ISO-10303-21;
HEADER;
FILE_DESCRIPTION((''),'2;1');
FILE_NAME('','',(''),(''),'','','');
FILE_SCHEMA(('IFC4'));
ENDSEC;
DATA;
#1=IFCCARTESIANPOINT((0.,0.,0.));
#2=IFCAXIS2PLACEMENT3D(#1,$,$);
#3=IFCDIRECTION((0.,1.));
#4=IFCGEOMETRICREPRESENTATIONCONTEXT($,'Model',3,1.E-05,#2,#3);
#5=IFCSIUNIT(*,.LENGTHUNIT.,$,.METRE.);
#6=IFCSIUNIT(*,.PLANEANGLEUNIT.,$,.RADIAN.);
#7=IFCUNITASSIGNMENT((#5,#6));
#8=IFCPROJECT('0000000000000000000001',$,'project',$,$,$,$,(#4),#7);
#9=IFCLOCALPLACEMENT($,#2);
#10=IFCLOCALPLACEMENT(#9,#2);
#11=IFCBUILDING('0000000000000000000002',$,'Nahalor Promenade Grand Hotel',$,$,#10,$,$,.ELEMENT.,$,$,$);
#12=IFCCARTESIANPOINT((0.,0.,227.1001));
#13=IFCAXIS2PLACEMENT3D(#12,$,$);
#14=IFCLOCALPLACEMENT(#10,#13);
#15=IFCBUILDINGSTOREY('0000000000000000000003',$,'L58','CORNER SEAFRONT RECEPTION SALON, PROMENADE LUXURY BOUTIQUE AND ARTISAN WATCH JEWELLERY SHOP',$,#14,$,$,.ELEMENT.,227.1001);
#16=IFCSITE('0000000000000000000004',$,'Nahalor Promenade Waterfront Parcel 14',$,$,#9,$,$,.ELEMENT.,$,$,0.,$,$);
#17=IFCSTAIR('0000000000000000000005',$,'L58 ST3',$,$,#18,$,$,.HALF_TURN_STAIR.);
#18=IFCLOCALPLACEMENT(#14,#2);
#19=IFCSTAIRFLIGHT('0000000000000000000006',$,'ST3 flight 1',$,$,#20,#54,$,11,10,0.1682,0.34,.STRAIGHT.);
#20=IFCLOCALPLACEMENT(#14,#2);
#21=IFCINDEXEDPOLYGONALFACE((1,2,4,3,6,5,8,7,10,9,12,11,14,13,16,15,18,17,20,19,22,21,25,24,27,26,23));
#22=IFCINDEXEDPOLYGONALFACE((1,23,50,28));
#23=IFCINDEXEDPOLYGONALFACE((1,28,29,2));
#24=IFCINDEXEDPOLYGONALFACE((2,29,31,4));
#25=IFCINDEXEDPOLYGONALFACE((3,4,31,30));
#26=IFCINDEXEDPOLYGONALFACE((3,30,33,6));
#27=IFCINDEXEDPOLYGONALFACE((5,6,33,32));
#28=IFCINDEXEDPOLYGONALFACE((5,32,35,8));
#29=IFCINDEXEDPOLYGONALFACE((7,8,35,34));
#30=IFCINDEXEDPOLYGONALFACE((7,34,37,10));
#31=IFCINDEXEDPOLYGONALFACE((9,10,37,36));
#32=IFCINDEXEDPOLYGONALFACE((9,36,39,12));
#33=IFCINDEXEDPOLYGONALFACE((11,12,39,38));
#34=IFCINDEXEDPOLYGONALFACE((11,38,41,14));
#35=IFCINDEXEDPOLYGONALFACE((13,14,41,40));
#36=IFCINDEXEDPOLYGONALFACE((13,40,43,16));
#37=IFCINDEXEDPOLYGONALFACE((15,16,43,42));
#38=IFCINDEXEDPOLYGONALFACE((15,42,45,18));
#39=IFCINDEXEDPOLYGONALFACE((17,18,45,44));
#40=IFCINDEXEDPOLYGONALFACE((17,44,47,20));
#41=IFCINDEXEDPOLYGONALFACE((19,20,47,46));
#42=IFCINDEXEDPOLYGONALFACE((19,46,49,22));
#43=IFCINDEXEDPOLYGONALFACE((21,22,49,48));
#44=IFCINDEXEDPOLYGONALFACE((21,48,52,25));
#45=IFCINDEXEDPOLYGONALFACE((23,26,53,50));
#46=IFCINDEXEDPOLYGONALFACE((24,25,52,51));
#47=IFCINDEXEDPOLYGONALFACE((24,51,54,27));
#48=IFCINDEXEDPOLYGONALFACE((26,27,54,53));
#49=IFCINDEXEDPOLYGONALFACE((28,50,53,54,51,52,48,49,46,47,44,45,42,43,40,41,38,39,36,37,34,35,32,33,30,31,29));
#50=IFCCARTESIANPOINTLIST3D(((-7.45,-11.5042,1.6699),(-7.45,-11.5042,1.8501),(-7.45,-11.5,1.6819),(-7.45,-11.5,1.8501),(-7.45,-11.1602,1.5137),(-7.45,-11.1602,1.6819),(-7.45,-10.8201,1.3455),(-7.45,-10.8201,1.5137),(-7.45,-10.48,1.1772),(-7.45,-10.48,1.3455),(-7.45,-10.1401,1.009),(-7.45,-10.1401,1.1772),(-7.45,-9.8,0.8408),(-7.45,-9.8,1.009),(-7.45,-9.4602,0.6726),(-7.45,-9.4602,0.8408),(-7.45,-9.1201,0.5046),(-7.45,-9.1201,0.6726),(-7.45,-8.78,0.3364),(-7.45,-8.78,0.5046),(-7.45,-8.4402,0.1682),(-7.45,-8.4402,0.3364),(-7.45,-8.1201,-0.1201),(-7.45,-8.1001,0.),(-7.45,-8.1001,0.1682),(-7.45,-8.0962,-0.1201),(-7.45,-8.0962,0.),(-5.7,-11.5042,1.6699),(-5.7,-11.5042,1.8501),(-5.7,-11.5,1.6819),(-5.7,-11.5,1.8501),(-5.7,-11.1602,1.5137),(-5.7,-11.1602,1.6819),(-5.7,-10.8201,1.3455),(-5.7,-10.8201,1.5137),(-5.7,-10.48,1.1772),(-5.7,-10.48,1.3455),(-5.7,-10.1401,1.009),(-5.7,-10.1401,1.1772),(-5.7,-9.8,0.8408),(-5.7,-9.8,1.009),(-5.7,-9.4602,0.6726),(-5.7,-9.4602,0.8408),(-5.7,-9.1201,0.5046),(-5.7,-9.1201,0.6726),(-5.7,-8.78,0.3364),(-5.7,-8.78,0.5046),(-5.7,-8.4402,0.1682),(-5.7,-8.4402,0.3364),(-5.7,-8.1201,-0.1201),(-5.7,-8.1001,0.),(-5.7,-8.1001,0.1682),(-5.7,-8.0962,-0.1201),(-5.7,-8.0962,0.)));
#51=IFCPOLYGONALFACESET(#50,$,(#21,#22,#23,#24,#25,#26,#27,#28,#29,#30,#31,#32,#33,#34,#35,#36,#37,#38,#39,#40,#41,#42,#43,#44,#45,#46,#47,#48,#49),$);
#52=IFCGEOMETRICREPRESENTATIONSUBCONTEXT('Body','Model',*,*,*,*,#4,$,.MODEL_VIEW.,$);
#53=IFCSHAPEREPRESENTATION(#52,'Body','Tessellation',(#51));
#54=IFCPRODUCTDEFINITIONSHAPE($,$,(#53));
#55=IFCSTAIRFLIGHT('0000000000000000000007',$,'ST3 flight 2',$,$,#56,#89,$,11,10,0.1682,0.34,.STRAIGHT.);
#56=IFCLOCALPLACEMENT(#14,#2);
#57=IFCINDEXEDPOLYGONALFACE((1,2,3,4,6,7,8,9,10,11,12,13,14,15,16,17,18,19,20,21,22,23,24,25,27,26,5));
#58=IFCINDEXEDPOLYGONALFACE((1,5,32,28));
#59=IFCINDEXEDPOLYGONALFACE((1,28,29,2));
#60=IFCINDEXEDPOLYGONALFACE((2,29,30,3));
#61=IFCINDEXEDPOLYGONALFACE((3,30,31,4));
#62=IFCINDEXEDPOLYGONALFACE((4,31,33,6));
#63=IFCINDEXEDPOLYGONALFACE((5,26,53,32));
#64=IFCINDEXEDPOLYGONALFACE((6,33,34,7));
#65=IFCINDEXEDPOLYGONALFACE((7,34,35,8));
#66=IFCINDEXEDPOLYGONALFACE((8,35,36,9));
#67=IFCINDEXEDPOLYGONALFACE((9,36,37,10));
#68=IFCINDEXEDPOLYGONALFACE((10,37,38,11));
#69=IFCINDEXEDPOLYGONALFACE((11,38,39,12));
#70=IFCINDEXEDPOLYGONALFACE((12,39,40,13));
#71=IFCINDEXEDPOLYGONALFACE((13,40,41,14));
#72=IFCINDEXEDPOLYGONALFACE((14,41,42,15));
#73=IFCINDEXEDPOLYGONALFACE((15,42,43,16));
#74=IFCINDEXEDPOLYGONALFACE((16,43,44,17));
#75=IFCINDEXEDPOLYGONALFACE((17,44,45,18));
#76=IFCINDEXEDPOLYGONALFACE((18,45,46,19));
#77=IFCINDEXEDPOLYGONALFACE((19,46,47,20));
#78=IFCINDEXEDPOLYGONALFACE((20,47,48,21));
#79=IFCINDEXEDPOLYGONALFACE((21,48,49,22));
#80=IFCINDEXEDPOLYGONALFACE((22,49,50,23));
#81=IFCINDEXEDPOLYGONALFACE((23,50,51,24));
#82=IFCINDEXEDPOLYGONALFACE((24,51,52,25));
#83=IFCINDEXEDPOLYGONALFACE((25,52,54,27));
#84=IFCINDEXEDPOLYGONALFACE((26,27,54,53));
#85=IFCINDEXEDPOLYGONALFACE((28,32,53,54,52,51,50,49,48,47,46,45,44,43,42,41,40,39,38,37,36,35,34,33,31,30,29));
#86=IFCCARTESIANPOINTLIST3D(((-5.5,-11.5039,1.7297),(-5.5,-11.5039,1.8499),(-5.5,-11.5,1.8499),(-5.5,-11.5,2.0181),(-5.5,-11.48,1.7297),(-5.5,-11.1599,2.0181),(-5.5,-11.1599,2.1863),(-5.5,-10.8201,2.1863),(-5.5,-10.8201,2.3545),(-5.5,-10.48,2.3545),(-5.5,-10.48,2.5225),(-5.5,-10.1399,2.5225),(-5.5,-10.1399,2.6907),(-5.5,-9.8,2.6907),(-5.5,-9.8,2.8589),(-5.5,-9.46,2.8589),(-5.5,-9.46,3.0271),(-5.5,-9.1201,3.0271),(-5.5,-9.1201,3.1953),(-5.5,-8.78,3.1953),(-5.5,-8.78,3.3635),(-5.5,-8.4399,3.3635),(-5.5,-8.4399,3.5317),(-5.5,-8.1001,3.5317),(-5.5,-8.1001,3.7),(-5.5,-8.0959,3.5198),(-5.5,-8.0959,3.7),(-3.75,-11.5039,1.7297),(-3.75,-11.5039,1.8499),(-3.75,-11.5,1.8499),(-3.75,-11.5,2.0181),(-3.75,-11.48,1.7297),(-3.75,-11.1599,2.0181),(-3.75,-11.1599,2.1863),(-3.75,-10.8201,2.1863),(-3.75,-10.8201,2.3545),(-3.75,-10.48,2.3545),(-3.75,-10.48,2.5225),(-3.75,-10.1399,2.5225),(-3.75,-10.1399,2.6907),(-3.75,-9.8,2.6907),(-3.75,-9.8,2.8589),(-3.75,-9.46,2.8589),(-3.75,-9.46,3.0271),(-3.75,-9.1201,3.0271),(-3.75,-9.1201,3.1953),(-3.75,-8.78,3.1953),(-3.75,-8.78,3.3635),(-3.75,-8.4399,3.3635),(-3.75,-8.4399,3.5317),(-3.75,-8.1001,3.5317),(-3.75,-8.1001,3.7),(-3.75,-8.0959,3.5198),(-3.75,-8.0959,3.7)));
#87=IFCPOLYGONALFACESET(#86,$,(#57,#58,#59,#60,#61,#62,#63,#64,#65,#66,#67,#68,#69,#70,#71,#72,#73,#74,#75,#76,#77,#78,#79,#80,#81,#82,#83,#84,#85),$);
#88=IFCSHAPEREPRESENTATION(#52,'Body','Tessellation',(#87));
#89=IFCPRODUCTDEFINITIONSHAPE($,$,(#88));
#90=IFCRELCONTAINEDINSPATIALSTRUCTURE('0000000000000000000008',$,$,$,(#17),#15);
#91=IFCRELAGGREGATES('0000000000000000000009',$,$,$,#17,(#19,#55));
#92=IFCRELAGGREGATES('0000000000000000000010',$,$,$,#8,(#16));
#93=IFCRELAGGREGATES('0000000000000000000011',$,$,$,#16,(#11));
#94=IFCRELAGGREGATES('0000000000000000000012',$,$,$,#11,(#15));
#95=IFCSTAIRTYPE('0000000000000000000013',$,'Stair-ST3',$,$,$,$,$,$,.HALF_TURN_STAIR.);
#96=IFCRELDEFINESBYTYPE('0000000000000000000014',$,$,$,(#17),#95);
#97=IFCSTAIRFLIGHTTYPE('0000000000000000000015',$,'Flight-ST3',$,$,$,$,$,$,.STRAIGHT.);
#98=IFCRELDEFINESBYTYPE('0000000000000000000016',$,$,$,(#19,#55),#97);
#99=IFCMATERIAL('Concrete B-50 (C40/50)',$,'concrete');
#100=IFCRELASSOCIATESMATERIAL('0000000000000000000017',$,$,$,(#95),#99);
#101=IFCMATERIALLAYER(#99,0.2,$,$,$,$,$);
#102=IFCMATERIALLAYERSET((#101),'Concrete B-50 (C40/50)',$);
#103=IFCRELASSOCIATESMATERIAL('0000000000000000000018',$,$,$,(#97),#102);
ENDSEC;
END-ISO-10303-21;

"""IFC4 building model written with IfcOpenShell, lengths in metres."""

from ifc_helpers import new_model, si_unit, direction, frame, origin, place, context, subcontext, project, spatial, polyline, outline, extrude, source, transform, mapped, material, layer, layer_set, type_object, element, aggregate, save


model = new_model("IFC4")

# Units and contexts
model_context = context("Model", 3, precision=1e-05, world=origin(), true_north=direction((0.0, 1.0)))
body_context = subcontext(model_context, "Body", "Model", "MODEL_VIEW")
ifc_project = project(units=[si_unit("LENGTHUNIT", "METRE"), si_unit("PLANEANGLEUNIT", "RADIAN")], contexts=[model_context])

# Site, building, storey
site_placement = place(None, origin())
site = spatial("IfcSite", under=ifc_project, at=site_placement, Name="Nahalor Promenade Waterfront Parcel 14", CompositionType="ELEMENT", RefElevation=0.0)
building_placement = place(site_placement, origin())
building = spatial("IfcBuilding", under=site, at=building_placement, Name="Nahalor Promenade Grand Hotel", CompositionType="ELEMENT")
storey_placement = place(building_placement, frame((0.0, 0.0, 227.1001)))
storey = spatial("IfcBuildingStorey", under=building, at=storey_placement, Name="L58", Description="CORNER SEAFRONT RECEPTION SALON, PROMENADE LUXURY BOUTIQUE AND ARTISAN WATCH JEWELLERY SHOP", CompositionType="ELEMENT", Elevation=227.1001)

# Shared definitions
ifc_material_1 = material(Name="Concrete B-50 (C40/50)", Category="concrete")

# Stair, stair flights
stair_type = type_object("IfcStairType", Name="Stair-ST3", PredefinedType="HALF_TURN_STAIR", material=ifc_material_1)
stair_placement = place(storey_placement, origin())
stair = element("IfcStair", 1, at=stair_placement, inside=storey, type_object=stair_type, Name="L58 ST3", PredefinedType="HALF_TURN_STAIR")
ifc_layer_1 = layer(ifc_material_1, 0.2)
ifc_layer_set_1 = layer_set([ifc_layer_1], Name="Concrete B-50 (C40/50)")
stair_flight_type = type_object("IfcStairFlightType", Name="Flight-ST3", PredefinedType="STRAIGHT", material=ifc_layer_set_1)
shared_shape_1 = source(origin(), body_context, "Body", "SweptSolid", [
    extrude(outline(polyline([(-0.0039, -0.1201), (-0.0039, 0.0), (0.0, 0.0), (0.0, 0.1682), (0.3401, 0.1682), (0.3401, 0.3364), (0.6799, 0.3364), (0.6799, 0.5046), (1.02, 0.5046), (1.02, 0.6726), (1.3601, 0.6726), (1.3601, 0.8408), (1.7, 0.8408), (1.7, 1.009), (2.04, 1.009), (2.04, 1.1772), (2.3799, 1.1772), (2.3799, 1.3455), (2.72, 1.3455), (2.72, 1.5137), (3.0601, 1.5137), (3.0601, 1.6819), (3.3999, 1.6819), (3.3999, 1.8501), (3.4041, 1.8501), (3.4041, 1.6699), (0.02, -0.1201), (-0.0039, -0.1201)])), frame((0.0, 0.875, 0.0), z_axis=(0.0, -1.0, 0.0), x_axis=(1.0, 0.0, 0.0)), (0.0, 0.0, 1.0), 1.75),
])
stair_flight_1_placement = place(storey_placement, frame((-6.575, -8.1001, 0.0), z_axis=(0.0, 0.0, 1.0), x_axis=(0.0, -1.0, 0.0)))
stair_flight_1 = element("IfcStairFlight", 2, at=stair_flight_1_placement, type_object=stair_flight_type, Name="ST3 flight 1", NumberOfRisers=11, NumberOfTreads=10, PredefinedType="STRAIGHT", RiserHeight=0.1682, TreadLength=0.34, context=body_context, shape_type="MappedRepresentation", body=[
    mapped(shared_shape_1, transform((0.0, 0.0, 0.0), scale=1.0)),
])
stair_flight_2_placement = place(storey_placement, frame((-4.625, -11.5, 1.8499), z_axis=(0.0, 0.0, 1.0), x_axis=(0.0, 1.0, 0.0)))
stair_flight_2 = element("IfcStairFlight", 3, at=stair_flight_2_placement, type_object=stair_flight_type, Name="ST3 flight 2", NumberOfRisers=11, NumberOfTreads=10, PredefinedType="STRAIGHT", RiserHeight=0.1682, TreadLength=0.34, context=body_context, shape_type="MappedRepresentation", body=[
    mapped(shared_shape_1, transform((0.0, 0.0, 0.0), scale=1.0)),
])
aggregate(stair, [stair_flight_1, stair_flight_2])

save(model, "model.ifc")
